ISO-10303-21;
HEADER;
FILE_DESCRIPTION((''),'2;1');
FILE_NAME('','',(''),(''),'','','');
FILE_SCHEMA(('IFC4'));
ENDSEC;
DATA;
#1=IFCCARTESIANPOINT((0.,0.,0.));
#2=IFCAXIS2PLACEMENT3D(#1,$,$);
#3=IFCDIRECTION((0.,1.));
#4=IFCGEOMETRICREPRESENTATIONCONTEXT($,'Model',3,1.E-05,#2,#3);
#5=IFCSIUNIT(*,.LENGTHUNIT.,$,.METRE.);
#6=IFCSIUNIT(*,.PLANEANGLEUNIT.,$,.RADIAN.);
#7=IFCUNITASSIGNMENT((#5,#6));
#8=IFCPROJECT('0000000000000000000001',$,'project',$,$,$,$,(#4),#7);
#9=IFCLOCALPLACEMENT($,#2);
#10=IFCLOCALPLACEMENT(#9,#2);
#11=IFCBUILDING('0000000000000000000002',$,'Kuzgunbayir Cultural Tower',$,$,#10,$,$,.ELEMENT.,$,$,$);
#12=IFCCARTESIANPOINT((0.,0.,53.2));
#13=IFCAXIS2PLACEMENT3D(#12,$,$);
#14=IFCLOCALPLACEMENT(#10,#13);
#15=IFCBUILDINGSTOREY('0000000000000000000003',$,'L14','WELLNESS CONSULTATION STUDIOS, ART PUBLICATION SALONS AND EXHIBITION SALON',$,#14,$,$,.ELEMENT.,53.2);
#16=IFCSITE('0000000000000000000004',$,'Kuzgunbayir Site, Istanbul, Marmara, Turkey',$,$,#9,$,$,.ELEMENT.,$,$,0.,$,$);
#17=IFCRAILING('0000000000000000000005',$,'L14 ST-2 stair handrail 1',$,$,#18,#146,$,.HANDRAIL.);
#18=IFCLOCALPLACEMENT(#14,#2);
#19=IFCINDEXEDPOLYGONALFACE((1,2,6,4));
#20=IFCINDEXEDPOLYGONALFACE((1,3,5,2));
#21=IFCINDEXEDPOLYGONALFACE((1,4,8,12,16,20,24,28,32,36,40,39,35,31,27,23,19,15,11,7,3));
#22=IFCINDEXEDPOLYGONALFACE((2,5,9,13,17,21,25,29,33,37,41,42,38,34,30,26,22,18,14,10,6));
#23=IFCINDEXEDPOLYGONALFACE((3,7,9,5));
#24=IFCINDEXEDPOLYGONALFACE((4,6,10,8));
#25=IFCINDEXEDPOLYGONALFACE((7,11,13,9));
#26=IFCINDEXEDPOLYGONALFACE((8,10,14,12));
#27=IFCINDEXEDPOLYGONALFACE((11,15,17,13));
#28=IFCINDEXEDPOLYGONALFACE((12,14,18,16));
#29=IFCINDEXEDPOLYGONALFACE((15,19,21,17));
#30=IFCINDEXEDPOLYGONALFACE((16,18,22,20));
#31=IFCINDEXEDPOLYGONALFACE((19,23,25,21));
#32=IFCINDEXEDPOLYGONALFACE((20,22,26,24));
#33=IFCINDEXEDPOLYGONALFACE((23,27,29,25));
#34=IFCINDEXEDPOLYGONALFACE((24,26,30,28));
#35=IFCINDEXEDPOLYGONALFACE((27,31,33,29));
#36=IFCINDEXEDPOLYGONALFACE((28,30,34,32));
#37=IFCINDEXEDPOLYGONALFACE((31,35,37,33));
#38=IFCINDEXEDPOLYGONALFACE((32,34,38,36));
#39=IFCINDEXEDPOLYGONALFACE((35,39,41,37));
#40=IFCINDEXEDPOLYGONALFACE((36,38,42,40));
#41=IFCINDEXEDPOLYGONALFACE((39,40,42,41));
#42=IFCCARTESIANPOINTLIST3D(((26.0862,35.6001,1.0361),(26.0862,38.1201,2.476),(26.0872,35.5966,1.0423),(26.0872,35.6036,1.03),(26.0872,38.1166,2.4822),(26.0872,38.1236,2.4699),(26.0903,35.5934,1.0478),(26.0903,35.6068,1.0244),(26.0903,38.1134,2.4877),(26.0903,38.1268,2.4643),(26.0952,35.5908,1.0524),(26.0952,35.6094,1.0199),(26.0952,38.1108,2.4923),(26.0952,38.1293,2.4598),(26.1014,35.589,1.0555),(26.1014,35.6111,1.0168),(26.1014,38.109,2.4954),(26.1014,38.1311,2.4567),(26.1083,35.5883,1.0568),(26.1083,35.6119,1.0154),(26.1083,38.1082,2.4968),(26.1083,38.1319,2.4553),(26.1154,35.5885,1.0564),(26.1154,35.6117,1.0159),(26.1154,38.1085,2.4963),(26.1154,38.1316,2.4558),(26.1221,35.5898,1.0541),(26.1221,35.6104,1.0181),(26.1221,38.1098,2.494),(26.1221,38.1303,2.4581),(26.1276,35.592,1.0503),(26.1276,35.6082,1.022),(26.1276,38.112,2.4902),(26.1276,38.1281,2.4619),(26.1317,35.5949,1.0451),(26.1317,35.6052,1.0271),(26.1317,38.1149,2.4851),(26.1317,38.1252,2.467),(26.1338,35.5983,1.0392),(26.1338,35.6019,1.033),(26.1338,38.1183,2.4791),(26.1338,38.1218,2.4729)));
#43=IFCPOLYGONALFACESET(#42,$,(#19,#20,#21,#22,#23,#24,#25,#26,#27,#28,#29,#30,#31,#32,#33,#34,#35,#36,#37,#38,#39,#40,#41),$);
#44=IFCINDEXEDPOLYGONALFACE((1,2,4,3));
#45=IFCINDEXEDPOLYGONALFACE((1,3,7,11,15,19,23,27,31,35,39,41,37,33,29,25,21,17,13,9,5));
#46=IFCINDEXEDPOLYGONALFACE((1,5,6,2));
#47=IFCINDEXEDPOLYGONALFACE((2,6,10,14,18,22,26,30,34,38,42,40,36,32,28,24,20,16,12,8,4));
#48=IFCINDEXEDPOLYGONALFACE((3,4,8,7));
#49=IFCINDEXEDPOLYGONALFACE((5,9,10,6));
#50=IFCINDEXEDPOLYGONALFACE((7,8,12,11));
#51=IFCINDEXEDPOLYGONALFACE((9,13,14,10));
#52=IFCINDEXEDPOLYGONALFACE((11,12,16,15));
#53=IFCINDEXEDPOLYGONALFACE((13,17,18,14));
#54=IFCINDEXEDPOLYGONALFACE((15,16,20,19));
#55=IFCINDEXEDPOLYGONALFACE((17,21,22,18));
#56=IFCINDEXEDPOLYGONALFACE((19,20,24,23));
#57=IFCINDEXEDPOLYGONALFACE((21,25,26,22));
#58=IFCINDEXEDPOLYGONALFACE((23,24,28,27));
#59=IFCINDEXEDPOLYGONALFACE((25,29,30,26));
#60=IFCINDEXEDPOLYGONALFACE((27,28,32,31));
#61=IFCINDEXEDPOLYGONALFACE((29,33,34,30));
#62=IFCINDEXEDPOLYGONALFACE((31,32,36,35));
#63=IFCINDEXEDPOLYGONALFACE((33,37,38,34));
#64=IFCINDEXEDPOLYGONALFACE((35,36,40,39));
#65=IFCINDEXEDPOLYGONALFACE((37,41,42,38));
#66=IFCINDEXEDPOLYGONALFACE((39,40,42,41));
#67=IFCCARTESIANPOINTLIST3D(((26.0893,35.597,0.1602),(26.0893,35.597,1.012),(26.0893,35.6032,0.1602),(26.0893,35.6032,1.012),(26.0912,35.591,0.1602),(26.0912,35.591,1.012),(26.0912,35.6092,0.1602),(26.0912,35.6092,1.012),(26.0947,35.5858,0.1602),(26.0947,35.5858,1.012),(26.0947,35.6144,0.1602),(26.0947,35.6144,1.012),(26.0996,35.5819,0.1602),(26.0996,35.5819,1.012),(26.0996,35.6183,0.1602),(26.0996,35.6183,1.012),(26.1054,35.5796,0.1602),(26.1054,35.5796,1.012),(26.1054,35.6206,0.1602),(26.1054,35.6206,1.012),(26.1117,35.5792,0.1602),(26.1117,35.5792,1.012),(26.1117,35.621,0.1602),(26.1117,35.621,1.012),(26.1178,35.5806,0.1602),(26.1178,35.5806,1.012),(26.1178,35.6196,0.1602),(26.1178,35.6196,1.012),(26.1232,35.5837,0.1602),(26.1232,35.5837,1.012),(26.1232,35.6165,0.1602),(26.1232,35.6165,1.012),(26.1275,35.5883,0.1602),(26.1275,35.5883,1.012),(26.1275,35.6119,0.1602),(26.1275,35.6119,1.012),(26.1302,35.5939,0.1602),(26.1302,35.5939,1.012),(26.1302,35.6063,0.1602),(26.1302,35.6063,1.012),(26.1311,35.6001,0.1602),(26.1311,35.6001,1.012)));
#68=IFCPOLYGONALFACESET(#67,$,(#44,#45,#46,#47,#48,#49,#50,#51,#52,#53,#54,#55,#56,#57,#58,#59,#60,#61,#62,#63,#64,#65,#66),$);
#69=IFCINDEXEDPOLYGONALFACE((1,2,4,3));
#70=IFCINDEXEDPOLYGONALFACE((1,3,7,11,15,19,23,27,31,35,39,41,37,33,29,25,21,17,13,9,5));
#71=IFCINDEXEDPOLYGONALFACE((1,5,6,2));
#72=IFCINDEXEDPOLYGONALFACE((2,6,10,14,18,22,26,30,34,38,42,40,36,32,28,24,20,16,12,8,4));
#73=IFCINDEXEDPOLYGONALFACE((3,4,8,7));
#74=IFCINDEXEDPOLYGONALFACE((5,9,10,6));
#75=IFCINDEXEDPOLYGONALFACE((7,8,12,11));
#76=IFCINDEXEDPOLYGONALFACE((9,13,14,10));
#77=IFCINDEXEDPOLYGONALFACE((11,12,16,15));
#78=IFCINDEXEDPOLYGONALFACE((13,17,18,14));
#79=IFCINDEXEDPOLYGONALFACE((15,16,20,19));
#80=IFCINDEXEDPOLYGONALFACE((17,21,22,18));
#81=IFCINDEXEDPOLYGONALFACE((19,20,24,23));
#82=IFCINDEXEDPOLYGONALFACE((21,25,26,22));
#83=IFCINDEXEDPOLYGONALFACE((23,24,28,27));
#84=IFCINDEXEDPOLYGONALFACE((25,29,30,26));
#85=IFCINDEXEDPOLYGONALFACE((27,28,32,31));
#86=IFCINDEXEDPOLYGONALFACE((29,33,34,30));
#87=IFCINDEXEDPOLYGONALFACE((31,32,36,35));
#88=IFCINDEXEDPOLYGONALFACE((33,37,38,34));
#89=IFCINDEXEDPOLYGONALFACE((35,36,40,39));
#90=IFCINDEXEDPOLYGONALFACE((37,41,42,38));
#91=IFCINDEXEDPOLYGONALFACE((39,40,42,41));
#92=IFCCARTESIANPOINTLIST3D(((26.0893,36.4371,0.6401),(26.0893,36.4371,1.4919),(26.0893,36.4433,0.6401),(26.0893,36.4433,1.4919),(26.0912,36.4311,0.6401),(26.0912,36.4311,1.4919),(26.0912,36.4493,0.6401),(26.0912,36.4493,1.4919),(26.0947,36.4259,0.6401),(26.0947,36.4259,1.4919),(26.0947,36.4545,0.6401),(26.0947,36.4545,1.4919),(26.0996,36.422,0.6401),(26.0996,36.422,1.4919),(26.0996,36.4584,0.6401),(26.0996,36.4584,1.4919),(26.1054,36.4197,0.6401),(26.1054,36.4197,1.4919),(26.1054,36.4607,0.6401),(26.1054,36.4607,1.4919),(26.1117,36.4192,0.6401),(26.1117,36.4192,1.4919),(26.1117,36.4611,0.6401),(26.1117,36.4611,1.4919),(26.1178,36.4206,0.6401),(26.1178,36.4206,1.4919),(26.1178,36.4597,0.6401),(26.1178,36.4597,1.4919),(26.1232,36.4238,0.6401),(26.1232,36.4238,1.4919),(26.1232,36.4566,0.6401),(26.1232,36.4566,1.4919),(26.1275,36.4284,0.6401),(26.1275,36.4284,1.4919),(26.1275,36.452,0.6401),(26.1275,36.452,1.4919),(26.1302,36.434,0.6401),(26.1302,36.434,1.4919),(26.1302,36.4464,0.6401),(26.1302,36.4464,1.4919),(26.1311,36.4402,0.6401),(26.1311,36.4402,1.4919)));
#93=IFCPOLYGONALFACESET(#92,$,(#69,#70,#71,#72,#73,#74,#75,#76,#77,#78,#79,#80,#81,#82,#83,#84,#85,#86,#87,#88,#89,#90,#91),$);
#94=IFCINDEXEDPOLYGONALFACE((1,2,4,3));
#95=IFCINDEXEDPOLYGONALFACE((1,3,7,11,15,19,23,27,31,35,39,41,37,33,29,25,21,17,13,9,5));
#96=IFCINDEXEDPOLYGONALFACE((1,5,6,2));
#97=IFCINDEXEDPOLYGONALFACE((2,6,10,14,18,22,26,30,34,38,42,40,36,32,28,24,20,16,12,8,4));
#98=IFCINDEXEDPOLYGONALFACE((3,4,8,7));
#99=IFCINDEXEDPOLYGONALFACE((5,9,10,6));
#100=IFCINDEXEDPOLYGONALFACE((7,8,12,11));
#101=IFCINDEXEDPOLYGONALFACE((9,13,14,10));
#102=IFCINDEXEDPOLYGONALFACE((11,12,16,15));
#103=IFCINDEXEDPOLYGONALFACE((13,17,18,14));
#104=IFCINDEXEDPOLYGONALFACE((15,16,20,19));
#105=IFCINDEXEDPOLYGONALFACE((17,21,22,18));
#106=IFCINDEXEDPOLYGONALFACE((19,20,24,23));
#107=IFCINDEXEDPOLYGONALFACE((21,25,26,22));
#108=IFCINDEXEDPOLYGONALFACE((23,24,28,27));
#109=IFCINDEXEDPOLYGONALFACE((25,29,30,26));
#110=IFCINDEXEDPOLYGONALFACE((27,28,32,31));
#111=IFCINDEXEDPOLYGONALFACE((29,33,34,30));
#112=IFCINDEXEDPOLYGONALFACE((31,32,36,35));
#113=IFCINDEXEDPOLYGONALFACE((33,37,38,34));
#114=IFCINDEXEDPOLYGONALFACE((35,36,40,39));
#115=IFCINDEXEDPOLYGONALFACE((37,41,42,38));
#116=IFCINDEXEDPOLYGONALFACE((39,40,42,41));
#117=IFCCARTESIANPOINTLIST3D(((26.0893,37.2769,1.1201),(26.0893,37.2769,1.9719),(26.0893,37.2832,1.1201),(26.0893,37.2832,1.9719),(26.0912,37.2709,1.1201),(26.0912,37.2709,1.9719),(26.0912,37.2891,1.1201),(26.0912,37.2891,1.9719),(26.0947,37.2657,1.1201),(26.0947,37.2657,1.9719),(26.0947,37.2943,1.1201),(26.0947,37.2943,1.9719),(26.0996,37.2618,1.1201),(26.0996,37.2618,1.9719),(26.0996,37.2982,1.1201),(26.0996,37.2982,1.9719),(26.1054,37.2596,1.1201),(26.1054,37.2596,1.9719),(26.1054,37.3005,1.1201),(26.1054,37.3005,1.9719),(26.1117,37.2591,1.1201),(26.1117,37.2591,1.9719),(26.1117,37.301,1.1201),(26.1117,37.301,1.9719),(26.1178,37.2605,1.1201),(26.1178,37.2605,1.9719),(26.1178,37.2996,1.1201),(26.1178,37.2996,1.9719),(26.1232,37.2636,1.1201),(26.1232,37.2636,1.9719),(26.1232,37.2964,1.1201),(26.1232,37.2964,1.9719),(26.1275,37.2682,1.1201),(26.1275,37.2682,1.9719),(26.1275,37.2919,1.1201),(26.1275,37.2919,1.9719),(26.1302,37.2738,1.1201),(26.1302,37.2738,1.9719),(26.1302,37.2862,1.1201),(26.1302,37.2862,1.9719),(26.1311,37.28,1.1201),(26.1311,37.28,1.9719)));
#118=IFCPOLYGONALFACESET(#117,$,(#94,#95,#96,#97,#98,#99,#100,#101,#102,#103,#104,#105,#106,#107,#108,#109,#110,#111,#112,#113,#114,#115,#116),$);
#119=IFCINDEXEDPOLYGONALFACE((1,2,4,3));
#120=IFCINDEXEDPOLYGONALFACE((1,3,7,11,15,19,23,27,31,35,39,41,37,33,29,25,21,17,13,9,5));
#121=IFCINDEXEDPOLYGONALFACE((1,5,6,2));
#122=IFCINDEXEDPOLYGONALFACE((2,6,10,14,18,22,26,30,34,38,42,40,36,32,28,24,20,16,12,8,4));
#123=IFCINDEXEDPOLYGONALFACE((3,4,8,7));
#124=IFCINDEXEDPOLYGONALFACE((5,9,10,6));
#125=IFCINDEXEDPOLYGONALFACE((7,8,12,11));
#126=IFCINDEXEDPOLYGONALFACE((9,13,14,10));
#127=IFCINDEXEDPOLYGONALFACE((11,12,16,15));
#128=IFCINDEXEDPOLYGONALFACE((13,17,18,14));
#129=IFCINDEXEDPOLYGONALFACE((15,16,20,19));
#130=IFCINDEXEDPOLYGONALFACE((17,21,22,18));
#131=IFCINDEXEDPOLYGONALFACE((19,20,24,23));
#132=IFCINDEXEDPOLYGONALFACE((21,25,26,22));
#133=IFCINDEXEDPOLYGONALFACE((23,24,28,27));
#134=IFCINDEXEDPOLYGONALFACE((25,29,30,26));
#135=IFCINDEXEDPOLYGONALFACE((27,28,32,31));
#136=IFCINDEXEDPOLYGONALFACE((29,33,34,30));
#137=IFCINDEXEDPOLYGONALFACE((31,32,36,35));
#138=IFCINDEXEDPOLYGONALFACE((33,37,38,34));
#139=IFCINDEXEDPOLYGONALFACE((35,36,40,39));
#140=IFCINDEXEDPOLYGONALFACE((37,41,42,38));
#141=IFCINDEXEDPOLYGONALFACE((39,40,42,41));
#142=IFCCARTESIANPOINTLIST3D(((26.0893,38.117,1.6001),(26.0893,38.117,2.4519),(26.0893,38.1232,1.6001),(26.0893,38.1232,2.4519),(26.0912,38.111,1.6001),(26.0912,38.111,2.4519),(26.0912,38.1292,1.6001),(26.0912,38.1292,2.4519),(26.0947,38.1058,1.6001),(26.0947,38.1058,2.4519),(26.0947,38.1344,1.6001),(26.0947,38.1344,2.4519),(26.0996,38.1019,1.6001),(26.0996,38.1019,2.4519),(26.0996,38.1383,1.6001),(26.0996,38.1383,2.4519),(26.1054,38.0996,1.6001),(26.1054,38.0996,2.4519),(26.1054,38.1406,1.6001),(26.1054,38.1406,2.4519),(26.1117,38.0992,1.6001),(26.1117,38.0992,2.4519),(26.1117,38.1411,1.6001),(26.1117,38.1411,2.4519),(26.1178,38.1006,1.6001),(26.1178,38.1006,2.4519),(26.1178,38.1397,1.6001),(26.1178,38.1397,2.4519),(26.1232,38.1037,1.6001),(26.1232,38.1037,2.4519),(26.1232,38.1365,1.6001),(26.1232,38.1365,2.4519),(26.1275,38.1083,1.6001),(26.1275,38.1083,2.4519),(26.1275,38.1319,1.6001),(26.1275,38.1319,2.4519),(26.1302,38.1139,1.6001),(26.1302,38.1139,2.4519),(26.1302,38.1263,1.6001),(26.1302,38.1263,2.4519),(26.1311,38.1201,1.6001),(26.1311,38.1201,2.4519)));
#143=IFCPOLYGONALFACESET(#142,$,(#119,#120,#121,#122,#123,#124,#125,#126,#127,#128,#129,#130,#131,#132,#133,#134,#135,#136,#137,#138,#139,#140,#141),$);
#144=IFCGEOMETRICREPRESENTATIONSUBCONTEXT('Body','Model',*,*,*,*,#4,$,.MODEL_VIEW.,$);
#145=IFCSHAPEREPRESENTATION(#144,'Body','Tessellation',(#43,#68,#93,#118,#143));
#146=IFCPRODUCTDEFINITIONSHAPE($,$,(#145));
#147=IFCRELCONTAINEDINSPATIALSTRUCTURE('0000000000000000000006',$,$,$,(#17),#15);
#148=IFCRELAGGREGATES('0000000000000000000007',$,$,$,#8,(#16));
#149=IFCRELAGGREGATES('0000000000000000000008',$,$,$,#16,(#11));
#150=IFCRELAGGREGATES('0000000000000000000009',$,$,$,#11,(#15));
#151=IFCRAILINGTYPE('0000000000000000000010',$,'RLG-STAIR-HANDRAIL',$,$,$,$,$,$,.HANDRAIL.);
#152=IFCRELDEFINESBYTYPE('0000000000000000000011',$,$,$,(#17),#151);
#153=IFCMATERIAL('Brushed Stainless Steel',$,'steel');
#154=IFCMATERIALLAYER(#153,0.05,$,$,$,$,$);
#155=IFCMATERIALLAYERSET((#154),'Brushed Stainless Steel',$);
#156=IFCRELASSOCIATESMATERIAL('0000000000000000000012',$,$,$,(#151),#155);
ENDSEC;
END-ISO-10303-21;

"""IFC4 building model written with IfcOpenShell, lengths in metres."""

from ifc_helpers import new_model, si_unit, direction, frame, origin, origin_2d, place, context, subcontext, project, spatial, circle, extrude, material, layer, layer_set, type_object, element, save


model = new_model("IFC4")

# Units and contexts
model_context = context("Model", 3, precision=1e-05, world=origin(), true_north=direction((0.0, 1.0)))
body_context = subcontext(model_context, "Body", "Model", "MODEL_VIEW")
ifc_project = project(units=[si_unit("LENGTHUNIT", "METRE"), si_unit("PLANEANGLEUNIT", "RADIAN")], contexts=[model_context])

# Site, building, storey
site_placement = place(None, origin())
site = spatial("IfcSite", under=ifc_project, at=site_placement, Name="Kuzgunbayir Site, Istanbul, Marmara, Turkey", CompositionType="ELEMENT", RefElevation=0.0)
building_placement = place(site_placement, origin())
building = spatial("IfcBuilding", under=site, at=building_placement, Name="Kuzgunbayir Cultural Tower", CompositionType="ELEMENT")
storey_placement = place(building_placement, frame((0.0, 0.0, 53.2)))
storey = spatial("IfcBuildingStorey", under=building, at=storey_placement, Name="L14", Description="WELLNESS CONSULTATION STUDIOS, ART PUBLICATION SALONS AND EXHIBITION SALON", CompositionType="ELEMENT", Elevation=53.2)

# Shared definitions
ifc_material_1 = material(Name="Brushed Stainless Steel", Category="steel")

# Railing
ifc_layer_1 = layer(ifc_material_1, 0.05)
ifc_layer_set_1 = layer_set([ifc_layer_1], Name="Brushed Stainless Steel")
railing_type_1 = type_object("IfcRailingType", Name="RLG-STAIR-HANDRAIL", PredefinedType="HANDRAIL", material=ifc_layer_set_1)
railing_1_placement = place(storey_placement, frame((26.1101, 35.6001, 0.1602)))
element("IfcRailing", 1, at=railing_1_placement, inside=storey, type_object=railing_type_1, Name="L14 ST-2 stair handrail 1", PredefinedType="HANDRAIL", context=body_context, shape_type="SweptSolid", body=[
    extrude(circle(Radius=0.0239, at=origin_2d()), frame((0.0, 0.0, 0.876), z_axis=(0.0, 0.868253, 0.496121), x_axis=(-1.0, 0.0, 0.0)), (0.0, 0.0, 1.0), 2.9023),
    extrude(circle(Radius=0.021, at=origin_2d()), origin(), (0.0, 0.0, 1.0), 0.8518),
    extrude(circle(Radius=0.021, at=origin_2d()), frame((0.0, 0.8401, 0.48)), (0.0, 0.0, 1.0), 0.8518),
    extrude(circle(Radius=0.021, at=origin_2d()), frame((0.0, 1.6799, 0.96)), (0.0, 0.0, 1.0), 0.8518),
    extrude(circle(Radius=0.021, at=origin_2d()), frame((0.0, 2.52, 1.4399)), (0.0, 0.0, 1.0), 0.8518),
])

save(model, "model.ifc")
